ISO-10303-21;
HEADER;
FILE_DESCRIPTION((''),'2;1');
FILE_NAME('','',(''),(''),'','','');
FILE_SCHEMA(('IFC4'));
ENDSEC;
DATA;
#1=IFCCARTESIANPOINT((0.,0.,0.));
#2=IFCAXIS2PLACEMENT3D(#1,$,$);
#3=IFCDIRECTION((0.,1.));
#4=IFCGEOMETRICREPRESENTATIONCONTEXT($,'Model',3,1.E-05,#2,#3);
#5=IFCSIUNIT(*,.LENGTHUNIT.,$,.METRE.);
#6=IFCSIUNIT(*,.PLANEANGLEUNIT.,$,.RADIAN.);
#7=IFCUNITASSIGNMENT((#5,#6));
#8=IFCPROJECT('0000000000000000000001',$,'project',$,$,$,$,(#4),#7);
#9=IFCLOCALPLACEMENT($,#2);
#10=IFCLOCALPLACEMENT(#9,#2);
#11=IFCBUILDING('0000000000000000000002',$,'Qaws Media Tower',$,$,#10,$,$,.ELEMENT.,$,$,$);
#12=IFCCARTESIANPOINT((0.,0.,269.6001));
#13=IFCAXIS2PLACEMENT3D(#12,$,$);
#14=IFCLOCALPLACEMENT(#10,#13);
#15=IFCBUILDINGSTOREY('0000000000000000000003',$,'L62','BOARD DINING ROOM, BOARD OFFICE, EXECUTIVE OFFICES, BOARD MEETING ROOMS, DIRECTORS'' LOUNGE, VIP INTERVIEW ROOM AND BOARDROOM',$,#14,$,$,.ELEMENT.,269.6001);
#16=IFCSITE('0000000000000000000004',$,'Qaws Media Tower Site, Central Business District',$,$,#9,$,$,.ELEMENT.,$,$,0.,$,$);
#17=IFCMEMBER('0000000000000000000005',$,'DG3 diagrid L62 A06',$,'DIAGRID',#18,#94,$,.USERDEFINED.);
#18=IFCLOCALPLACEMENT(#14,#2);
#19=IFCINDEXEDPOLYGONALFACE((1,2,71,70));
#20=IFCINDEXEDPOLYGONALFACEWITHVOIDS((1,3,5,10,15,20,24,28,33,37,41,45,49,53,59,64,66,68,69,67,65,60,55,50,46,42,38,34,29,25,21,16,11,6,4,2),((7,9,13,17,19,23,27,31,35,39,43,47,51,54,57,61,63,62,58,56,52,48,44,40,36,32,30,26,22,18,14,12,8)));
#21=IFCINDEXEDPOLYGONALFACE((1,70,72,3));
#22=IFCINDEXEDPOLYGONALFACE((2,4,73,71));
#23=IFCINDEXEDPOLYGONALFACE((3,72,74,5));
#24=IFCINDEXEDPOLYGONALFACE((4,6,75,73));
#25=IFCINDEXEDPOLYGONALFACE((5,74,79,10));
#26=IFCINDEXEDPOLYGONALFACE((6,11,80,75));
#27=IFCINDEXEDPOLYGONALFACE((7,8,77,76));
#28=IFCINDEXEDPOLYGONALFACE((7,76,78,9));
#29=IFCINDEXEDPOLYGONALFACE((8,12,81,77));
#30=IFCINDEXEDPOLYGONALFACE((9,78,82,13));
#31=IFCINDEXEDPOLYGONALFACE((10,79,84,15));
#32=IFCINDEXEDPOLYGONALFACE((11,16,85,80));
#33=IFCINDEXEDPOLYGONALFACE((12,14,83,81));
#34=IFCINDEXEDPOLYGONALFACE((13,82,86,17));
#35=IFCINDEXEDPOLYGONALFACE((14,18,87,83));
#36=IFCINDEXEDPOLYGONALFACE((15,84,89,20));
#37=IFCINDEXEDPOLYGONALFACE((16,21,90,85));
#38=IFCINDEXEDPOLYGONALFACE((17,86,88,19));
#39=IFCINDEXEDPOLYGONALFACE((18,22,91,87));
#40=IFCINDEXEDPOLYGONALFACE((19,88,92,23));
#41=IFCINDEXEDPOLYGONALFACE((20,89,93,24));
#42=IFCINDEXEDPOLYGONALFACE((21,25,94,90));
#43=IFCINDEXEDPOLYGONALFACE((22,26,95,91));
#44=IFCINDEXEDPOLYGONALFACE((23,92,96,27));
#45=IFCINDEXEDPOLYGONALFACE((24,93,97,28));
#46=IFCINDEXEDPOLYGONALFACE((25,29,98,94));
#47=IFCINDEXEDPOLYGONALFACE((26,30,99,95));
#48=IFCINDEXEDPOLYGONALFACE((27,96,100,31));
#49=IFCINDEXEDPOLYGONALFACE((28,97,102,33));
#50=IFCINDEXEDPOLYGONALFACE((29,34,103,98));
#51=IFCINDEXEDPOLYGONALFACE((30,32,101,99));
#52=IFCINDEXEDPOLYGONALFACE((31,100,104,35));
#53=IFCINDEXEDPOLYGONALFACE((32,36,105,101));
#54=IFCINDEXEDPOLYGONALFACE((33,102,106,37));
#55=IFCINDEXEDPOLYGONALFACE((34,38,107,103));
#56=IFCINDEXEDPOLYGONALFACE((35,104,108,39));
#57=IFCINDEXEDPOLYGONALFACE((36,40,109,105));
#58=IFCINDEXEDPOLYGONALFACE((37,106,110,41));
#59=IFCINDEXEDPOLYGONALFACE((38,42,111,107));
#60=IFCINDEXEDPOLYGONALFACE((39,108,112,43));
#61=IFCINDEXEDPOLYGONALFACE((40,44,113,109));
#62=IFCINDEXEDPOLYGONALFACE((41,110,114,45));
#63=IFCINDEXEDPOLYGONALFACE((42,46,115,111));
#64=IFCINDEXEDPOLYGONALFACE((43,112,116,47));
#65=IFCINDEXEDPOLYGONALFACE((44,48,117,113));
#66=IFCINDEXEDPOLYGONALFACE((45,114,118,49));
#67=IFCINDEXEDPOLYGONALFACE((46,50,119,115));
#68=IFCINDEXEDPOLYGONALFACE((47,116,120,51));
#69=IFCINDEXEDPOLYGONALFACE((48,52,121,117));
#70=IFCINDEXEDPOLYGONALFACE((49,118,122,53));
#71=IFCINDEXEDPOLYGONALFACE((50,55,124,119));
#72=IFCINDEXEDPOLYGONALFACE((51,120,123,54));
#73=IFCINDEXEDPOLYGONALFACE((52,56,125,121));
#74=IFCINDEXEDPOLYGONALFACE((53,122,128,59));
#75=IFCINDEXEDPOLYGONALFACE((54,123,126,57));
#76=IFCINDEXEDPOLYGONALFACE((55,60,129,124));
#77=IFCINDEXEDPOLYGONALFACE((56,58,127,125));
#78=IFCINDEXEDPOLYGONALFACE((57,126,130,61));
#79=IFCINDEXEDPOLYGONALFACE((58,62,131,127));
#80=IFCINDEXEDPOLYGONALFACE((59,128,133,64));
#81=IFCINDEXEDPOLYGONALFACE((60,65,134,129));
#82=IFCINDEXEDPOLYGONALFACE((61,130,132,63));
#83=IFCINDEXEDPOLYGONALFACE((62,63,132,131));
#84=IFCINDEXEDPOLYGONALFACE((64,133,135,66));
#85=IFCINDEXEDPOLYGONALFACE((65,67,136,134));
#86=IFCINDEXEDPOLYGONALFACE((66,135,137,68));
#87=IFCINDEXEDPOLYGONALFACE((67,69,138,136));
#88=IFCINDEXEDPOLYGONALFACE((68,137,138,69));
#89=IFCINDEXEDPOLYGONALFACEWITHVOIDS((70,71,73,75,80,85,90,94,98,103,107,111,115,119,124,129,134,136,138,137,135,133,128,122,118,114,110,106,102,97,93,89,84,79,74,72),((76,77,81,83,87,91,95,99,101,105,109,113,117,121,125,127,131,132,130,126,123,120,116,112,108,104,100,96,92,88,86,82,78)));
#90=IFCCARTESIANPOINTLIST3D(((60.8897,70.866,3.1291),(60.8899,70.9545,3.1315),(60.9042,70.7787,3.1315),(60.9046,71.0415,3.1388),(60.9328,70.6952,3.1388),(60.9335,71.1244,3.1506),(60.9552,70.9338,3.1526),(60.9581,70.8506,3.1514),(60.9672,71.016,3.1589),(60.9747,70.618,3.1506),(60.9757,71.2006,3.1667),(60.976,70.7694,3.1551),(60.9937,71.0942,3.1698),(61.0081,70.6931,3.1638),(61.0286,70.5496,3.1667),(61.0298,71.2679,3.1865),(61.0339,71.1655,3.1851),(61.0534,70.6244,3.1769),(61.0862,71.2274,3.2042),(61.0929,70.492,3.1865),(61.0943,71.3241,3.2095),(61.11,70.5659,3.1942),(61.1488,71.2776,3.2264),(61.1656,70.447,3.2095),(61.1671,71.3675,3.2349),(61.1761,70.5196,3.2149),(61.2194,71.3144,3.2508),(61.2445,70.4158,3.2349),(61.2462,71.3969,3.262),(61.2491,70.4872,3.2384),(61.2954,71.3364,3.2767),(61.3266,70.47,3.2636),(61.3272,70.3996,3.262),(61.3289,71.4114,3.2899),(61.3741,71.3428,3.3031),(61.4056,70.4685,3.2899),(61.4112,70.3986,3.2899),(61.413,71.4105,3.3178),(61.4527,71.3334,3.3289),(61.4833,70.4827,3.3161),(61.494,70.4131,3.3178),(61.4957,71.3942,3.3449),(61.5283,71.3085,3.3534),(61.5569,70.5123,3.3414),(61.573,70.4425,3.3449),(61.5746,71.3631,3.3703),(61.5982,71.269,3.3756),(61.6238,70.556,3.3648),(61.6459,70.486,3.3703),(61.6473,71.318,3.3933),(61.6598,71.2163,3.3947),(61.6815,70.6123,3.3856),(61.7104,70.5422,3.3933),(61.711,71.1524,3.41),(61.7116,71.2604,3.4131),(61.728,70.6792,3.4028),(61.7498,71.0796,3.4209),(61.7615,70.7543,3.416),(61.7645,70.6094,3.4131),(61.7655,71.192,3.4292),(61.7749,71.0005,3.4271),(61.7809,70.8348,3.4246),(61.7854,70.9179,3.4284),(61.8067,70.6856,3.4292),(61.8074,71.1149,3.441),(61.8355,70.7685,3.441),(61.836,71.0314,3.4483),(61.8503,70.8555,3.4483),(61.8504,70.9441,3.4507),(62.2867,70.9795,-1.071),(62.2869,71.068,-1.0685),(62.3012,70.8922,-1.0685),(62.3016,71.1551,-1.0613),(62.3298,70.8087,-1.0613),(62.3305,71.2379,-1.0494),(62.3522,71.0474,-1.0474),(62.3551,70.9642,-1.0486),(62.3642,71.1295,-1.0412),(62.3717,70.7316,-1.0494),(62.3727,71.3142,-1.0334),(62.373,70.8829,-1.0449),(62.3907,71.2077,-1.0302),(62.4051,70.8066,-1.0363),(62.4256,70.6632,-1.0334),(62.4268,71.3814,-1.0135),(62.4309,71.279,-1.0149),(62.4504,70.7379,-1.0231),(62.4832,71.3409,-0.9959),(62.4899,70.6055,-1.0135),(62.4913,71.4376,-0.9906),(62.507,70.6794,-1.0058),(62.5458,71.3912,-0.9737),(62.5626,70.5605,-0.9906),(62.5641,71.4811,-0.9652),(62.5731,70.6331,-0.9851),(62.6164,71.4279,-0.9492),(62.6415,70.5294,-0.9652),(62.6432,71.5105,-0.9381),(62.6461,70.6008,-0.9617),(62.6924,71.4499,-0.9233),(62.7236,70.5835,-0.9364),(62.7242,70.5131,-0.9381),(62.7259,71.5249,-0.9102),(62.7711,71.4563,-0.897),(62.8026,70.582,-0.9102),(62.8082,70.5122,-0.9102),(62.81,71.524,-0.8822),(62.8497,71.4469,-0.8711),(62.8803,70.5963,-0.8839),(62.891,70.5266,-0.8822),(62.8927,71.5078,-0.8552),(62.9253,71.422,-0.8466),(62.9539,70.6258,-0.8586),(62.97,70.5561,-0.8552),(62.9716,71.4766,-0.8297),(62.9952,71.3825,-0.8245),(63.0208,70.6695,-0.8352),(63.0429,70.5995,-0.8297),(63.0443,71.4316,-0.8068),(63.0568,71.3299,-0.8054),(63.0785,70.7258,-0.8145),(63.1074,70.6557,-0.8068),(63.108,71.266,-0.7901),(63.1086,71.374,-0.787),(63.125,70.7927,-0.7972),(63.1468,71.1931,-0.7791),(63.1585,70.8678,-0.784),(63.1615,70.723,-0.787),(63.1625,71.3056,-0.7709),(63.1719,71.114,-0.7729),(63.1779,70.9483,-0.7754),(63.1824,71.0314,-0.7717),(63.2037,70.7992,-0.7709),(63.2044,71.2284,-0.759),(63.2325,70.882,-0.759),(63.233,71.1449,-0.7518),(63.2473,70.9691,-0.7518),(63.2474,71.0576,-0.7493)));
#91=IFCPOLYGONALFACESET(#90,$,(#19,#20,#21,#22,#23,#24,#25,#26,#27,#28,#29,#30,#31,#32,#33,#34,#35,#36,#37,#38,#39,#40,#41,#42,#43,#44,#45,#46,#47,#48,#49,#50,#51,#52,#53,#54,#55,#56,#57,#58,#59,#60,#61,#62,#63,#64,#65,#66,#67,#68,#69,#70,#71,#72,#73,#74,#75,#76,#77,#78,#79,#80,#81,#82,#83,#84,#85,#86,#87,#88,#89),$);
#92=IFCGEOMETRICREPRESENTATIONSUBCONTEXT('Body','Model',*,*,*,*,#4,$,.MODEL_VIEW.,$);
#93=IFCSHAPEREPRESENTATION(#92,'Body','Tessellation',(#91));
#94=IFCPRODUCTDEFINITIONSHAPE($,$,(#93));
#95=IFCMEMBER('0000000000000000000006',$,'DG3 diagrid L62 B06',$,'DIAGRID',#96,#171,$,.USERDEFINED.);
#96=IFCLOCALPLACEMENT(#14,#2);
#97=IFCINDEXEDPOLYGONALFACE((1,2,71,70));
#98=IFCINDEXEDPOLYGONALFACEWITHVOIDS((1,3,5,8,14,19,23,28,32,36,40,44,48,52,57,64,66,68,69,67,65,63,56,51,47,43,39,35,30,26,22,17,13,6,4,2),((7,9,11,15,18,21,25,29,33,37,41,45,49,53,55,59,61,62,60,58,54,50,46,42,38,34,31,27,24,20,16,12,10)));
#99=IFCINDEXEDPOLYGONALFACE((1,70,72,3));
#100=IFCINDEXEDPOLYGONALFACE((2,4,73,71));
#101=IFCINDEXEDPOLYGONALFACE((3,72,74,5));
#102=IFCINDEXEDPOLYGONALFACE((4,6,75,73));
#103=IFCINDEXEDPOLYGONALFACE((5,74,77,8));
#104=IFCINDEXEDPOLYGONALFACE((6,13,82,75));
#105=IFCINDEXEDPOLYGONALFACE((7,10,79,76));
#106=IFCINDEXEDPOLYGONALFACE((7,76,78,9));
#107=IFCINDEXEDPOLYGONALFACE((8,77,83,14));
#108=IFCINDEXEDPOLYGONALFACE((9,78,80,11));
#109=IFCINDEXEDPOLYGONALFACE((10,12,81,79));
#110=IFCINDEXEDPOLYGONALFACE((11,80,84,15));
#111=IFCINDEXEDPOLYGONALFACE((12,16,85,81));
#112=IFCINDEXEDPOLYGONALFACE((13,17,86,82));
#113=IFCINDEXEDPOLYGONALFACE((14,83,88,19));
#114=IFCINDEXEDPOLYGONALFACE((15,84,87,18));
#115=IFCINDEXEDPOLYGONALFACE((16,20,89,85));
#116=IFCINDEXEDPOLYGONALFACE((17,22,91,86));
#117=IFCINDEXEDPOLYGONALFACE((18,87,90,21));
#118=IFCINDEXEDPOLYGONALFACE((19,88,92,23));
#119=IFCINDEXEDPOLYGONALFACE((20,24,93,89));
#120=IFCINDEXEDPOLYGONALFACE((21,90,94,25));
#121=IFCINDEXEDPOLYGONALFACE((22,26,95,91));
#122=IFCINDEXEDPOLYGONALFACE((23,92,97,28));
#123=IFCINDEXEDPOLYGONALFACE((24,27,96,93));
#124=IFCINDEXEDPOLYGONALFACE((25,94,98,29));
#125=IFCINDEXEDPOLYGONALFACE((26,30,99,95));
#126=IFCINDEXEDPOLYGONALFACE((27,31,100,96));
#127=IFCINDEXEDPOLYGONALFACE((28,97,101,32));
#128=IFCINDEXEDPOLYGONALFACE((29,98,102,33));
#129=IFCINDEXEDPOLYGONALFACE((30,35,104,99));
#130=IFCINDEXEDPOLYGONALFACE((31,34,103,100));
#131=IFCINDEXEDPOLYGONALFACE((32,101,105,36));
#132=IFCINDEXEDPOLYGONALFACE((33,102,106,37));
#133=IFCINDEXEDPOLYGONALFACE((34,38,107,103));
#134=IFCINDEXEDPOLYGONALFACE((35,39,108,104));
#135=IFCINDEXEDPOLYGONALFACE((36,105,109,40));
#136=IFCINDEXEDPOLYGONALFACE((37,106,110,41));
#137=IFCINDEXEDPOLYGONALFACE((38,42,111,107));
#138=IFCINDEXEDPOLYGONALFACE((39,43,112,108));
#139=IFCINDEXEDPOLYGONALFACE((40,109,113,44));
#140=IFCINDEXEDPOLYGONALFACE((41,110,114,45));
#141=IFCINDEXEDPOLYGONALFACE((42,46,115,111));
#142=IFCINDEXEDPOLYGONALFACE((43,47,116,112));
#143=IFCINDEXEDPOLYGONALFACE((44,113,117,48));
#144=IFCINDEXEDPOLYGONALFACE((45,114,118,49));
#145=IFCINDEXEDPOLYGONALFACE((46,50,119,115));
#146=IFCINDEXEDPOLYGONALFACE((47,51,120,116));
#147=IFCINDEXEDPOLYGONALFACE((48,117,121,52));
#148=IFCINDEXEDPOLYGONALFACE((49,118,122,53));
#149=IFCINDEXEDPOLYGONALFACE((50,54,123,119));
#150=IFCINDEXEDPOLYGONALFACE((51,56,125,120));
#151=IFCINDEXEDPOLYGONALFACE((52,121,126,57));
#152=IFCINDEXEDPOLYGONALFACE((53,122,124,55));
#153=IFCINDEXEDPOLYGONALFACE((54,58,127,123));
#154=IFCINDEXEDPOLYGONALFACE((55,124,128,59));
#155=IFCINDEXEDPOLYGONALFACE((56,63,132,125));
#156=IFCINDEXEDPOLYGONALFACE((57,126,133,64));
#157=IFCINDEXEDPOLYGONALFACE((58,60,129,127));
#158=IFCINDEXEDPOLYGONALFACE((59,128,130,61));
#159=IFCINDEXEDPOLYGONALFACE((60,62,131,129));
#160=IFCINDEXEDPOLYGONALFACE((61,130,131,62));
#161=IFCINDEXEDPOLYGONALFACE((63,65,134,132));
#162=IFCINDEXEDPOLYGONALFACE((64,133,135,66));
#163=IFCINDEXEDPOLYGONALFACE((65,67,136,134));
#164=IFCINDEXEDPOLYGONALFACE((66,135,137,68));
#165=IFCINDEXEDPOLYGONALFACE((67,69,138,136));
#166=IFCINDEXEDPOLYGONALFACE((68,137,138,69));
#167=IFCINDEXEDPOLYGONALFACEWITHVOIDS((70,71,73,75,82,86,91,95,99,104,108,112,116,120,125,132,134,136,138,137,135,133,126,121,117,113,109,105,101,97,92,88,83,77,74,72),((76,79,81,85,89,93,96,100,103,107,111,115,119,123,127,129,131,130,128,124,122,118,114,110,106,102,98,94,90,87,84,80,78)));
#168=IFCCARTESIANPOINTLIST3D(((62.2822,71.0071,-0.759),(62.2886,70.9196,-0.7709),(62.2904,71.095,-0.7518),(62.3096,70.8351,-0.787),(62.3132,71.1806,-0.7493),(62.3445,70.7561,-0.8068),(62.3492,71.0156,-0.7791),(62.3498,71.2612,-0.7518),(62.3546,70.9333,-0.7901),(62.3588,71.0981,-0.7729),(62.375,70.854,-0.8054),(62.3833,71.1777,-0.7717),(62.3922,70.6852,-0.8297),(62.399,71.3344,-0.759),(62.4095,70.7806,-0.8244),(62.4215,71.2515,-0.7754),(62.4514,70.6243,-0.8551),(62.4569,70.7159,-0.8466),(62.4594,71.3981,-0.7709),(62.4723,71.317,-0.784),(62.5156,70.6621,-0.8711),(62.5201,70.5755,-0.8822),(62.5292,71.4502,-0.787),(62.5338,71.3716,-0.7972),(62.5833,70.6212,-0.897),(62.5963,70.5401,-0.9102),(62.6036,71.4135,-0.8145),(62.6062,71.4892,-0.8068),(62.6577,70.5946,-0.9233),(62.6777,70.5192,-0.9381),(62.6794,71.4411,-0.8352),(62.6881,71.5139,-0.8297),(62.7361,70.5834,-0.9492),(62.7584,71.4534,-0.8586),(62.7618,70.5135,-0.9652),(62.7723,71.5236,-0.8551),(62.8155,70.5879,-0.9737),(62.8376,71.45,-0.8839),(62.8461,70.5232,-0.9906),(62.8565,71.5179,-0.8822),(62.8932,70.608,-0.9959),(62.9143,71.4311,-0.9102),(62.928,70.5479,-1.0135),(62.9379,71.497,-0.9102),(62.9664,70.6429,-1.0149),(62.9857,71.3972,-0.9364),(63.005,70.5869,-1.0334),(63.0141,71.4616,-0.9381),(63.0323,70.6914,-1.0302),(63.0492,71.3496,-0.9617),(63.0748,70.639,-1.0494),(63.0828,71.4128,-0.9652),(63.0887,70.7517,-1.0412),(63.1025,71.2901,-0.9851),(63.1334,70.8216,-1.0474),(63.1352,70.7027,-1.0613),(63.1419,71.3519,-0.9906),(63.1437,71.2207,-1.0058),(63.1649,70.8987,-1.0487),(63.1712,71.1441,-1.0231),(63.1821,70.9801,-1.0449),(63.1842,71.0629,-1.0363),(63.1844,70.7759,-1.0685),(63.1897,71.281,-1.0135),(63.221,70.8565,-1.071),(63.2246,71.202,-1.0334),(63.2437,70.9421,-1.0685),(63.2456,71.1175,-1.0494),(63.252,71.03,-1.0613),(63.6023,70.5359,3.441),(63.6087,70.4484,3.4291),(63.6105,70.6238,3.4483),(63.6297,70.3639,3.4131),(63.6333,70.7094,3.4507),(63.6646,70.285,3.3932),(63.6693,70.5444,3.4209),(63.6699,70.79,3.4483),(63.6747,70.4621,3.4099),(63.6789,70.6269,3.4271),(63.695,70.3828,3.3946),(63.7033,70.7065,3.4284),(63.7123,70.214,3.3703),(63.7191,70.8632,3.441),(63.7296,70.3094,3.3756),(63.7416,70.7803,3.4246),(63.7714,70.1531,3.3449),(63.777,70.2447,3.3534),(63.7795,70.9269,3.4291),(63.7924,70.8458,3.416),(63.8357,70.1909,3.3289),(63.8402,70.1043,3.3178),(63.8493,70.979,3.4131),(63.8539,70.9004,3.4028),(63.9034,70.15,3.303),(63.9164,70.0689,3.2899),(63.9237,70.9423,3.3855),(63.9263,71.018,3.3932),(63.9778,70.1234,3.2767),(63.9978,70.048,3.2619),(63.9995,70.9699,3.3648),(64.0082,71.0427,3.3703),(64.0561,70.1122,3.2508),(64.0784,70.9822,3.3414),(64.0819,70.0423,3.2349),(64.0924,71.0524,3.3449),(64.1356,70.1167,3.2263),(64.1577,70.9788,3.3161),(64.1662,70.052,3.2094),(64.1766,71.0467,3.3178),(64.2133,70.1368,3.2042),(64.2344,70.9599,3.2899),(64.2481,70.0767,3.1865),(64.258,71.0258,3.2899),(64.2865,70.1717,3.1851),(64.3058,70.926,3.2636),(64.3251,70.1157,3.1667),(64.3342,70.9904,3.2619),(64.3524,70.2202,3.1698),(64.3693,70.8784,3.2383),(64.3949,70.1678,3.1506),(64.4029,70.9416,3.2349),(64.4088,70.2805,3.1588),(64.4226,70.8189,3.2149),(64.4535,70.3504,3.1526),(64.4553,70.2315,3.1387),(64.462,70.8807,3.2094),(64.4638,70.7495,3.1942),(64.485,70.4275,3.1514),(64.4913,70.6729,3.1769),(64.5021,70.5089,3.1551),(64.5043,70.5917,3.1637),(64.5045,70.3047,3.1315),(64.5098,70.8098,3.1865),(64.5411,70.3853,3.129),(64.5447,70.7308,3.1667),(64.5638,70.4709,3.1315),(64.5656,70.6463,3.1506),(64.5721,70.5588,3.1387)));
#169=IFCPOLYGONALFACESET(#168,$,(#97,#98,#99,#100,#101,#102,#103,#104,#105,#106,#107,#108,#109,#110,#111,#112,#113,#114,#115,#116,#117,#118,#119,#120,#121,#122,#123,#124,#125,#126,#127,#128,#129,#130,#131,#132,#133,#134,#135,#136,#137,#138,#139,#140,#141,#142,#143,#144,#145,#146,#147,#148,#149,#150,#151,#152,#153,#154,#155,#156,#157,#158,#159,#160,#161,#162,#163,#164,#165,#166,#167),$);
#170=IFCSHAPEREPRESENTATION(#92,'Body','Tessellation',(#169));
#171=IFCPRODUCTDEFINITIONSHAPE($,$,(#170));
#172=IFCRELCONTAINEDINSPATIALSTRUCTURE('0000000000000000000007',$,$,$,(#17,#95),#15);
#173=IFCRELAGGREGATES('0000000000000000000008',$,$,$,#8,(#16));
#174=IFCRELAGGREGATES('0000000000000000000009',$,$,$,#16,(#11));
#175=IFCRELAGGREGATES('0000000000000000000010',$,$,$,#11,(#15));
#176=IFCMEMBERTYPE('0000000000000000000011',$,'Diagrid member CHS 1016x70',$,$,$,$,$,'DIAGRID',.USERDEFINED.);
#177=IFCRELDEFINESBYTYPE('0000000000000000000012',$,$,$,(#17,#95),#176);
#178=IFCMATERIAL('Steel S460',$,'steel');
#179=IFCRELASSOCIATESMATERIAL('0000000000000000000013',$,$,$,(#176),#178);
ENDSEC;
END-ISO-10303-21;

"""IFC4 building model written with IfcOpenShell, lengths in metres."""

from ifc_helpers import new_model, si_unit, direction, frame, origin, origin_2d, place, context, subcontext, project, spatial, hollow_circle, extrude, material, material_profile, profile_set, type_object, element, save


model = new_model("IFC4")

# Units and contexts
model_context = context("Model", 3, precision=1e-05, world=origin(), true_north=direction((0.0, 1.0)))
body_context = subcontext(model_context, "Body", "Model", "MODEL_VIEW")
ifc_project = project(units=[si_unit("LENGTHUNIT", "METRE"), si_unit("PLANEANGLEUNIT", "RADIAN")], contexts=[model_context])

# Site, building, storey
site_placement = place(None, origin())
site = spatial("IfcSite", under=ifc_project, at=site_placement, Name="Qaws Media Tower Site, Central Business District", CompositionType="ELEMENT", RefElevation=0.0)
building_placement = place(site_placement, origin())
building = spatial("IfcBuilding", under=site, at=building_placement, Name="Qaws Media Tower", CompositionType="ELEMENT")
storey_placement = place(building_placement, frame((0.0, 0.0, 269.6001)))
storey = spatial("IfcBuildingStorey", under=building, at=storey_placement, Name="L62", Description="BOARD DINING ROOM, BOARD OFFICE, EXECUTIVE OFFICES, BOARD MEETING ROOMS, DIRECTORS' LOUNGE, VIP INTERVIEW ROOM AND BOARDROOM", CompositionType="ELEMENT", Elevation=269.6001)

# Members
ifc_material_1 = material(Name="Steel S460", Category="steel")
ifc_material_profile_1 = material_profile(ifc_material_1, hollow_circle(Radius=0.5081, WallThickness=0.0701, at=origin_2d()), Name="CHS 1016x70")
ifc_profile_set_1 = profile_set([ifc_material_profile_1], Name="Steel S460")
member_type_1 = type_object("IfcMemberType", Name="Diagrid member CHS 1016x70", ElementType="DIAGRID", PredefinedType="USERDEFINED", material=ifc_profile_set_1)
for number, where, z_axis, x_axis, name in (
    (1, (62.7671, 71.0186, -0.9102), (-0.315512, -0.02564, 0.948575), (0.080998, -0.996714, 0.0), "DG3 diagrid L62 A06"),
    (2, (62.7671, 71.0186, -0.9102), (0.298141, -0.10642, 0.948571), (0.336171, 0.941801, 0.0), "DG3 diagrid L62 B06"),
):
    element("IfcMember", number, at=place(storey_placement, frame(where, z_axis=z_axis, x_axis=x_axis)), inside=storey, type_object=member_type_1, Name=name, ObjectType="DIAGRID", PredefinedType="USERDEFINED", context=body_context, shape_type="SweptSolid", body=[
        extrude(hollow_circle(Radius=0.5081, WallThickness=0.0701, at=origin_2d()), origin(), (0.0, 0.0, 1.0), 4.4277),
    ])

save(model, "model.ifc")
